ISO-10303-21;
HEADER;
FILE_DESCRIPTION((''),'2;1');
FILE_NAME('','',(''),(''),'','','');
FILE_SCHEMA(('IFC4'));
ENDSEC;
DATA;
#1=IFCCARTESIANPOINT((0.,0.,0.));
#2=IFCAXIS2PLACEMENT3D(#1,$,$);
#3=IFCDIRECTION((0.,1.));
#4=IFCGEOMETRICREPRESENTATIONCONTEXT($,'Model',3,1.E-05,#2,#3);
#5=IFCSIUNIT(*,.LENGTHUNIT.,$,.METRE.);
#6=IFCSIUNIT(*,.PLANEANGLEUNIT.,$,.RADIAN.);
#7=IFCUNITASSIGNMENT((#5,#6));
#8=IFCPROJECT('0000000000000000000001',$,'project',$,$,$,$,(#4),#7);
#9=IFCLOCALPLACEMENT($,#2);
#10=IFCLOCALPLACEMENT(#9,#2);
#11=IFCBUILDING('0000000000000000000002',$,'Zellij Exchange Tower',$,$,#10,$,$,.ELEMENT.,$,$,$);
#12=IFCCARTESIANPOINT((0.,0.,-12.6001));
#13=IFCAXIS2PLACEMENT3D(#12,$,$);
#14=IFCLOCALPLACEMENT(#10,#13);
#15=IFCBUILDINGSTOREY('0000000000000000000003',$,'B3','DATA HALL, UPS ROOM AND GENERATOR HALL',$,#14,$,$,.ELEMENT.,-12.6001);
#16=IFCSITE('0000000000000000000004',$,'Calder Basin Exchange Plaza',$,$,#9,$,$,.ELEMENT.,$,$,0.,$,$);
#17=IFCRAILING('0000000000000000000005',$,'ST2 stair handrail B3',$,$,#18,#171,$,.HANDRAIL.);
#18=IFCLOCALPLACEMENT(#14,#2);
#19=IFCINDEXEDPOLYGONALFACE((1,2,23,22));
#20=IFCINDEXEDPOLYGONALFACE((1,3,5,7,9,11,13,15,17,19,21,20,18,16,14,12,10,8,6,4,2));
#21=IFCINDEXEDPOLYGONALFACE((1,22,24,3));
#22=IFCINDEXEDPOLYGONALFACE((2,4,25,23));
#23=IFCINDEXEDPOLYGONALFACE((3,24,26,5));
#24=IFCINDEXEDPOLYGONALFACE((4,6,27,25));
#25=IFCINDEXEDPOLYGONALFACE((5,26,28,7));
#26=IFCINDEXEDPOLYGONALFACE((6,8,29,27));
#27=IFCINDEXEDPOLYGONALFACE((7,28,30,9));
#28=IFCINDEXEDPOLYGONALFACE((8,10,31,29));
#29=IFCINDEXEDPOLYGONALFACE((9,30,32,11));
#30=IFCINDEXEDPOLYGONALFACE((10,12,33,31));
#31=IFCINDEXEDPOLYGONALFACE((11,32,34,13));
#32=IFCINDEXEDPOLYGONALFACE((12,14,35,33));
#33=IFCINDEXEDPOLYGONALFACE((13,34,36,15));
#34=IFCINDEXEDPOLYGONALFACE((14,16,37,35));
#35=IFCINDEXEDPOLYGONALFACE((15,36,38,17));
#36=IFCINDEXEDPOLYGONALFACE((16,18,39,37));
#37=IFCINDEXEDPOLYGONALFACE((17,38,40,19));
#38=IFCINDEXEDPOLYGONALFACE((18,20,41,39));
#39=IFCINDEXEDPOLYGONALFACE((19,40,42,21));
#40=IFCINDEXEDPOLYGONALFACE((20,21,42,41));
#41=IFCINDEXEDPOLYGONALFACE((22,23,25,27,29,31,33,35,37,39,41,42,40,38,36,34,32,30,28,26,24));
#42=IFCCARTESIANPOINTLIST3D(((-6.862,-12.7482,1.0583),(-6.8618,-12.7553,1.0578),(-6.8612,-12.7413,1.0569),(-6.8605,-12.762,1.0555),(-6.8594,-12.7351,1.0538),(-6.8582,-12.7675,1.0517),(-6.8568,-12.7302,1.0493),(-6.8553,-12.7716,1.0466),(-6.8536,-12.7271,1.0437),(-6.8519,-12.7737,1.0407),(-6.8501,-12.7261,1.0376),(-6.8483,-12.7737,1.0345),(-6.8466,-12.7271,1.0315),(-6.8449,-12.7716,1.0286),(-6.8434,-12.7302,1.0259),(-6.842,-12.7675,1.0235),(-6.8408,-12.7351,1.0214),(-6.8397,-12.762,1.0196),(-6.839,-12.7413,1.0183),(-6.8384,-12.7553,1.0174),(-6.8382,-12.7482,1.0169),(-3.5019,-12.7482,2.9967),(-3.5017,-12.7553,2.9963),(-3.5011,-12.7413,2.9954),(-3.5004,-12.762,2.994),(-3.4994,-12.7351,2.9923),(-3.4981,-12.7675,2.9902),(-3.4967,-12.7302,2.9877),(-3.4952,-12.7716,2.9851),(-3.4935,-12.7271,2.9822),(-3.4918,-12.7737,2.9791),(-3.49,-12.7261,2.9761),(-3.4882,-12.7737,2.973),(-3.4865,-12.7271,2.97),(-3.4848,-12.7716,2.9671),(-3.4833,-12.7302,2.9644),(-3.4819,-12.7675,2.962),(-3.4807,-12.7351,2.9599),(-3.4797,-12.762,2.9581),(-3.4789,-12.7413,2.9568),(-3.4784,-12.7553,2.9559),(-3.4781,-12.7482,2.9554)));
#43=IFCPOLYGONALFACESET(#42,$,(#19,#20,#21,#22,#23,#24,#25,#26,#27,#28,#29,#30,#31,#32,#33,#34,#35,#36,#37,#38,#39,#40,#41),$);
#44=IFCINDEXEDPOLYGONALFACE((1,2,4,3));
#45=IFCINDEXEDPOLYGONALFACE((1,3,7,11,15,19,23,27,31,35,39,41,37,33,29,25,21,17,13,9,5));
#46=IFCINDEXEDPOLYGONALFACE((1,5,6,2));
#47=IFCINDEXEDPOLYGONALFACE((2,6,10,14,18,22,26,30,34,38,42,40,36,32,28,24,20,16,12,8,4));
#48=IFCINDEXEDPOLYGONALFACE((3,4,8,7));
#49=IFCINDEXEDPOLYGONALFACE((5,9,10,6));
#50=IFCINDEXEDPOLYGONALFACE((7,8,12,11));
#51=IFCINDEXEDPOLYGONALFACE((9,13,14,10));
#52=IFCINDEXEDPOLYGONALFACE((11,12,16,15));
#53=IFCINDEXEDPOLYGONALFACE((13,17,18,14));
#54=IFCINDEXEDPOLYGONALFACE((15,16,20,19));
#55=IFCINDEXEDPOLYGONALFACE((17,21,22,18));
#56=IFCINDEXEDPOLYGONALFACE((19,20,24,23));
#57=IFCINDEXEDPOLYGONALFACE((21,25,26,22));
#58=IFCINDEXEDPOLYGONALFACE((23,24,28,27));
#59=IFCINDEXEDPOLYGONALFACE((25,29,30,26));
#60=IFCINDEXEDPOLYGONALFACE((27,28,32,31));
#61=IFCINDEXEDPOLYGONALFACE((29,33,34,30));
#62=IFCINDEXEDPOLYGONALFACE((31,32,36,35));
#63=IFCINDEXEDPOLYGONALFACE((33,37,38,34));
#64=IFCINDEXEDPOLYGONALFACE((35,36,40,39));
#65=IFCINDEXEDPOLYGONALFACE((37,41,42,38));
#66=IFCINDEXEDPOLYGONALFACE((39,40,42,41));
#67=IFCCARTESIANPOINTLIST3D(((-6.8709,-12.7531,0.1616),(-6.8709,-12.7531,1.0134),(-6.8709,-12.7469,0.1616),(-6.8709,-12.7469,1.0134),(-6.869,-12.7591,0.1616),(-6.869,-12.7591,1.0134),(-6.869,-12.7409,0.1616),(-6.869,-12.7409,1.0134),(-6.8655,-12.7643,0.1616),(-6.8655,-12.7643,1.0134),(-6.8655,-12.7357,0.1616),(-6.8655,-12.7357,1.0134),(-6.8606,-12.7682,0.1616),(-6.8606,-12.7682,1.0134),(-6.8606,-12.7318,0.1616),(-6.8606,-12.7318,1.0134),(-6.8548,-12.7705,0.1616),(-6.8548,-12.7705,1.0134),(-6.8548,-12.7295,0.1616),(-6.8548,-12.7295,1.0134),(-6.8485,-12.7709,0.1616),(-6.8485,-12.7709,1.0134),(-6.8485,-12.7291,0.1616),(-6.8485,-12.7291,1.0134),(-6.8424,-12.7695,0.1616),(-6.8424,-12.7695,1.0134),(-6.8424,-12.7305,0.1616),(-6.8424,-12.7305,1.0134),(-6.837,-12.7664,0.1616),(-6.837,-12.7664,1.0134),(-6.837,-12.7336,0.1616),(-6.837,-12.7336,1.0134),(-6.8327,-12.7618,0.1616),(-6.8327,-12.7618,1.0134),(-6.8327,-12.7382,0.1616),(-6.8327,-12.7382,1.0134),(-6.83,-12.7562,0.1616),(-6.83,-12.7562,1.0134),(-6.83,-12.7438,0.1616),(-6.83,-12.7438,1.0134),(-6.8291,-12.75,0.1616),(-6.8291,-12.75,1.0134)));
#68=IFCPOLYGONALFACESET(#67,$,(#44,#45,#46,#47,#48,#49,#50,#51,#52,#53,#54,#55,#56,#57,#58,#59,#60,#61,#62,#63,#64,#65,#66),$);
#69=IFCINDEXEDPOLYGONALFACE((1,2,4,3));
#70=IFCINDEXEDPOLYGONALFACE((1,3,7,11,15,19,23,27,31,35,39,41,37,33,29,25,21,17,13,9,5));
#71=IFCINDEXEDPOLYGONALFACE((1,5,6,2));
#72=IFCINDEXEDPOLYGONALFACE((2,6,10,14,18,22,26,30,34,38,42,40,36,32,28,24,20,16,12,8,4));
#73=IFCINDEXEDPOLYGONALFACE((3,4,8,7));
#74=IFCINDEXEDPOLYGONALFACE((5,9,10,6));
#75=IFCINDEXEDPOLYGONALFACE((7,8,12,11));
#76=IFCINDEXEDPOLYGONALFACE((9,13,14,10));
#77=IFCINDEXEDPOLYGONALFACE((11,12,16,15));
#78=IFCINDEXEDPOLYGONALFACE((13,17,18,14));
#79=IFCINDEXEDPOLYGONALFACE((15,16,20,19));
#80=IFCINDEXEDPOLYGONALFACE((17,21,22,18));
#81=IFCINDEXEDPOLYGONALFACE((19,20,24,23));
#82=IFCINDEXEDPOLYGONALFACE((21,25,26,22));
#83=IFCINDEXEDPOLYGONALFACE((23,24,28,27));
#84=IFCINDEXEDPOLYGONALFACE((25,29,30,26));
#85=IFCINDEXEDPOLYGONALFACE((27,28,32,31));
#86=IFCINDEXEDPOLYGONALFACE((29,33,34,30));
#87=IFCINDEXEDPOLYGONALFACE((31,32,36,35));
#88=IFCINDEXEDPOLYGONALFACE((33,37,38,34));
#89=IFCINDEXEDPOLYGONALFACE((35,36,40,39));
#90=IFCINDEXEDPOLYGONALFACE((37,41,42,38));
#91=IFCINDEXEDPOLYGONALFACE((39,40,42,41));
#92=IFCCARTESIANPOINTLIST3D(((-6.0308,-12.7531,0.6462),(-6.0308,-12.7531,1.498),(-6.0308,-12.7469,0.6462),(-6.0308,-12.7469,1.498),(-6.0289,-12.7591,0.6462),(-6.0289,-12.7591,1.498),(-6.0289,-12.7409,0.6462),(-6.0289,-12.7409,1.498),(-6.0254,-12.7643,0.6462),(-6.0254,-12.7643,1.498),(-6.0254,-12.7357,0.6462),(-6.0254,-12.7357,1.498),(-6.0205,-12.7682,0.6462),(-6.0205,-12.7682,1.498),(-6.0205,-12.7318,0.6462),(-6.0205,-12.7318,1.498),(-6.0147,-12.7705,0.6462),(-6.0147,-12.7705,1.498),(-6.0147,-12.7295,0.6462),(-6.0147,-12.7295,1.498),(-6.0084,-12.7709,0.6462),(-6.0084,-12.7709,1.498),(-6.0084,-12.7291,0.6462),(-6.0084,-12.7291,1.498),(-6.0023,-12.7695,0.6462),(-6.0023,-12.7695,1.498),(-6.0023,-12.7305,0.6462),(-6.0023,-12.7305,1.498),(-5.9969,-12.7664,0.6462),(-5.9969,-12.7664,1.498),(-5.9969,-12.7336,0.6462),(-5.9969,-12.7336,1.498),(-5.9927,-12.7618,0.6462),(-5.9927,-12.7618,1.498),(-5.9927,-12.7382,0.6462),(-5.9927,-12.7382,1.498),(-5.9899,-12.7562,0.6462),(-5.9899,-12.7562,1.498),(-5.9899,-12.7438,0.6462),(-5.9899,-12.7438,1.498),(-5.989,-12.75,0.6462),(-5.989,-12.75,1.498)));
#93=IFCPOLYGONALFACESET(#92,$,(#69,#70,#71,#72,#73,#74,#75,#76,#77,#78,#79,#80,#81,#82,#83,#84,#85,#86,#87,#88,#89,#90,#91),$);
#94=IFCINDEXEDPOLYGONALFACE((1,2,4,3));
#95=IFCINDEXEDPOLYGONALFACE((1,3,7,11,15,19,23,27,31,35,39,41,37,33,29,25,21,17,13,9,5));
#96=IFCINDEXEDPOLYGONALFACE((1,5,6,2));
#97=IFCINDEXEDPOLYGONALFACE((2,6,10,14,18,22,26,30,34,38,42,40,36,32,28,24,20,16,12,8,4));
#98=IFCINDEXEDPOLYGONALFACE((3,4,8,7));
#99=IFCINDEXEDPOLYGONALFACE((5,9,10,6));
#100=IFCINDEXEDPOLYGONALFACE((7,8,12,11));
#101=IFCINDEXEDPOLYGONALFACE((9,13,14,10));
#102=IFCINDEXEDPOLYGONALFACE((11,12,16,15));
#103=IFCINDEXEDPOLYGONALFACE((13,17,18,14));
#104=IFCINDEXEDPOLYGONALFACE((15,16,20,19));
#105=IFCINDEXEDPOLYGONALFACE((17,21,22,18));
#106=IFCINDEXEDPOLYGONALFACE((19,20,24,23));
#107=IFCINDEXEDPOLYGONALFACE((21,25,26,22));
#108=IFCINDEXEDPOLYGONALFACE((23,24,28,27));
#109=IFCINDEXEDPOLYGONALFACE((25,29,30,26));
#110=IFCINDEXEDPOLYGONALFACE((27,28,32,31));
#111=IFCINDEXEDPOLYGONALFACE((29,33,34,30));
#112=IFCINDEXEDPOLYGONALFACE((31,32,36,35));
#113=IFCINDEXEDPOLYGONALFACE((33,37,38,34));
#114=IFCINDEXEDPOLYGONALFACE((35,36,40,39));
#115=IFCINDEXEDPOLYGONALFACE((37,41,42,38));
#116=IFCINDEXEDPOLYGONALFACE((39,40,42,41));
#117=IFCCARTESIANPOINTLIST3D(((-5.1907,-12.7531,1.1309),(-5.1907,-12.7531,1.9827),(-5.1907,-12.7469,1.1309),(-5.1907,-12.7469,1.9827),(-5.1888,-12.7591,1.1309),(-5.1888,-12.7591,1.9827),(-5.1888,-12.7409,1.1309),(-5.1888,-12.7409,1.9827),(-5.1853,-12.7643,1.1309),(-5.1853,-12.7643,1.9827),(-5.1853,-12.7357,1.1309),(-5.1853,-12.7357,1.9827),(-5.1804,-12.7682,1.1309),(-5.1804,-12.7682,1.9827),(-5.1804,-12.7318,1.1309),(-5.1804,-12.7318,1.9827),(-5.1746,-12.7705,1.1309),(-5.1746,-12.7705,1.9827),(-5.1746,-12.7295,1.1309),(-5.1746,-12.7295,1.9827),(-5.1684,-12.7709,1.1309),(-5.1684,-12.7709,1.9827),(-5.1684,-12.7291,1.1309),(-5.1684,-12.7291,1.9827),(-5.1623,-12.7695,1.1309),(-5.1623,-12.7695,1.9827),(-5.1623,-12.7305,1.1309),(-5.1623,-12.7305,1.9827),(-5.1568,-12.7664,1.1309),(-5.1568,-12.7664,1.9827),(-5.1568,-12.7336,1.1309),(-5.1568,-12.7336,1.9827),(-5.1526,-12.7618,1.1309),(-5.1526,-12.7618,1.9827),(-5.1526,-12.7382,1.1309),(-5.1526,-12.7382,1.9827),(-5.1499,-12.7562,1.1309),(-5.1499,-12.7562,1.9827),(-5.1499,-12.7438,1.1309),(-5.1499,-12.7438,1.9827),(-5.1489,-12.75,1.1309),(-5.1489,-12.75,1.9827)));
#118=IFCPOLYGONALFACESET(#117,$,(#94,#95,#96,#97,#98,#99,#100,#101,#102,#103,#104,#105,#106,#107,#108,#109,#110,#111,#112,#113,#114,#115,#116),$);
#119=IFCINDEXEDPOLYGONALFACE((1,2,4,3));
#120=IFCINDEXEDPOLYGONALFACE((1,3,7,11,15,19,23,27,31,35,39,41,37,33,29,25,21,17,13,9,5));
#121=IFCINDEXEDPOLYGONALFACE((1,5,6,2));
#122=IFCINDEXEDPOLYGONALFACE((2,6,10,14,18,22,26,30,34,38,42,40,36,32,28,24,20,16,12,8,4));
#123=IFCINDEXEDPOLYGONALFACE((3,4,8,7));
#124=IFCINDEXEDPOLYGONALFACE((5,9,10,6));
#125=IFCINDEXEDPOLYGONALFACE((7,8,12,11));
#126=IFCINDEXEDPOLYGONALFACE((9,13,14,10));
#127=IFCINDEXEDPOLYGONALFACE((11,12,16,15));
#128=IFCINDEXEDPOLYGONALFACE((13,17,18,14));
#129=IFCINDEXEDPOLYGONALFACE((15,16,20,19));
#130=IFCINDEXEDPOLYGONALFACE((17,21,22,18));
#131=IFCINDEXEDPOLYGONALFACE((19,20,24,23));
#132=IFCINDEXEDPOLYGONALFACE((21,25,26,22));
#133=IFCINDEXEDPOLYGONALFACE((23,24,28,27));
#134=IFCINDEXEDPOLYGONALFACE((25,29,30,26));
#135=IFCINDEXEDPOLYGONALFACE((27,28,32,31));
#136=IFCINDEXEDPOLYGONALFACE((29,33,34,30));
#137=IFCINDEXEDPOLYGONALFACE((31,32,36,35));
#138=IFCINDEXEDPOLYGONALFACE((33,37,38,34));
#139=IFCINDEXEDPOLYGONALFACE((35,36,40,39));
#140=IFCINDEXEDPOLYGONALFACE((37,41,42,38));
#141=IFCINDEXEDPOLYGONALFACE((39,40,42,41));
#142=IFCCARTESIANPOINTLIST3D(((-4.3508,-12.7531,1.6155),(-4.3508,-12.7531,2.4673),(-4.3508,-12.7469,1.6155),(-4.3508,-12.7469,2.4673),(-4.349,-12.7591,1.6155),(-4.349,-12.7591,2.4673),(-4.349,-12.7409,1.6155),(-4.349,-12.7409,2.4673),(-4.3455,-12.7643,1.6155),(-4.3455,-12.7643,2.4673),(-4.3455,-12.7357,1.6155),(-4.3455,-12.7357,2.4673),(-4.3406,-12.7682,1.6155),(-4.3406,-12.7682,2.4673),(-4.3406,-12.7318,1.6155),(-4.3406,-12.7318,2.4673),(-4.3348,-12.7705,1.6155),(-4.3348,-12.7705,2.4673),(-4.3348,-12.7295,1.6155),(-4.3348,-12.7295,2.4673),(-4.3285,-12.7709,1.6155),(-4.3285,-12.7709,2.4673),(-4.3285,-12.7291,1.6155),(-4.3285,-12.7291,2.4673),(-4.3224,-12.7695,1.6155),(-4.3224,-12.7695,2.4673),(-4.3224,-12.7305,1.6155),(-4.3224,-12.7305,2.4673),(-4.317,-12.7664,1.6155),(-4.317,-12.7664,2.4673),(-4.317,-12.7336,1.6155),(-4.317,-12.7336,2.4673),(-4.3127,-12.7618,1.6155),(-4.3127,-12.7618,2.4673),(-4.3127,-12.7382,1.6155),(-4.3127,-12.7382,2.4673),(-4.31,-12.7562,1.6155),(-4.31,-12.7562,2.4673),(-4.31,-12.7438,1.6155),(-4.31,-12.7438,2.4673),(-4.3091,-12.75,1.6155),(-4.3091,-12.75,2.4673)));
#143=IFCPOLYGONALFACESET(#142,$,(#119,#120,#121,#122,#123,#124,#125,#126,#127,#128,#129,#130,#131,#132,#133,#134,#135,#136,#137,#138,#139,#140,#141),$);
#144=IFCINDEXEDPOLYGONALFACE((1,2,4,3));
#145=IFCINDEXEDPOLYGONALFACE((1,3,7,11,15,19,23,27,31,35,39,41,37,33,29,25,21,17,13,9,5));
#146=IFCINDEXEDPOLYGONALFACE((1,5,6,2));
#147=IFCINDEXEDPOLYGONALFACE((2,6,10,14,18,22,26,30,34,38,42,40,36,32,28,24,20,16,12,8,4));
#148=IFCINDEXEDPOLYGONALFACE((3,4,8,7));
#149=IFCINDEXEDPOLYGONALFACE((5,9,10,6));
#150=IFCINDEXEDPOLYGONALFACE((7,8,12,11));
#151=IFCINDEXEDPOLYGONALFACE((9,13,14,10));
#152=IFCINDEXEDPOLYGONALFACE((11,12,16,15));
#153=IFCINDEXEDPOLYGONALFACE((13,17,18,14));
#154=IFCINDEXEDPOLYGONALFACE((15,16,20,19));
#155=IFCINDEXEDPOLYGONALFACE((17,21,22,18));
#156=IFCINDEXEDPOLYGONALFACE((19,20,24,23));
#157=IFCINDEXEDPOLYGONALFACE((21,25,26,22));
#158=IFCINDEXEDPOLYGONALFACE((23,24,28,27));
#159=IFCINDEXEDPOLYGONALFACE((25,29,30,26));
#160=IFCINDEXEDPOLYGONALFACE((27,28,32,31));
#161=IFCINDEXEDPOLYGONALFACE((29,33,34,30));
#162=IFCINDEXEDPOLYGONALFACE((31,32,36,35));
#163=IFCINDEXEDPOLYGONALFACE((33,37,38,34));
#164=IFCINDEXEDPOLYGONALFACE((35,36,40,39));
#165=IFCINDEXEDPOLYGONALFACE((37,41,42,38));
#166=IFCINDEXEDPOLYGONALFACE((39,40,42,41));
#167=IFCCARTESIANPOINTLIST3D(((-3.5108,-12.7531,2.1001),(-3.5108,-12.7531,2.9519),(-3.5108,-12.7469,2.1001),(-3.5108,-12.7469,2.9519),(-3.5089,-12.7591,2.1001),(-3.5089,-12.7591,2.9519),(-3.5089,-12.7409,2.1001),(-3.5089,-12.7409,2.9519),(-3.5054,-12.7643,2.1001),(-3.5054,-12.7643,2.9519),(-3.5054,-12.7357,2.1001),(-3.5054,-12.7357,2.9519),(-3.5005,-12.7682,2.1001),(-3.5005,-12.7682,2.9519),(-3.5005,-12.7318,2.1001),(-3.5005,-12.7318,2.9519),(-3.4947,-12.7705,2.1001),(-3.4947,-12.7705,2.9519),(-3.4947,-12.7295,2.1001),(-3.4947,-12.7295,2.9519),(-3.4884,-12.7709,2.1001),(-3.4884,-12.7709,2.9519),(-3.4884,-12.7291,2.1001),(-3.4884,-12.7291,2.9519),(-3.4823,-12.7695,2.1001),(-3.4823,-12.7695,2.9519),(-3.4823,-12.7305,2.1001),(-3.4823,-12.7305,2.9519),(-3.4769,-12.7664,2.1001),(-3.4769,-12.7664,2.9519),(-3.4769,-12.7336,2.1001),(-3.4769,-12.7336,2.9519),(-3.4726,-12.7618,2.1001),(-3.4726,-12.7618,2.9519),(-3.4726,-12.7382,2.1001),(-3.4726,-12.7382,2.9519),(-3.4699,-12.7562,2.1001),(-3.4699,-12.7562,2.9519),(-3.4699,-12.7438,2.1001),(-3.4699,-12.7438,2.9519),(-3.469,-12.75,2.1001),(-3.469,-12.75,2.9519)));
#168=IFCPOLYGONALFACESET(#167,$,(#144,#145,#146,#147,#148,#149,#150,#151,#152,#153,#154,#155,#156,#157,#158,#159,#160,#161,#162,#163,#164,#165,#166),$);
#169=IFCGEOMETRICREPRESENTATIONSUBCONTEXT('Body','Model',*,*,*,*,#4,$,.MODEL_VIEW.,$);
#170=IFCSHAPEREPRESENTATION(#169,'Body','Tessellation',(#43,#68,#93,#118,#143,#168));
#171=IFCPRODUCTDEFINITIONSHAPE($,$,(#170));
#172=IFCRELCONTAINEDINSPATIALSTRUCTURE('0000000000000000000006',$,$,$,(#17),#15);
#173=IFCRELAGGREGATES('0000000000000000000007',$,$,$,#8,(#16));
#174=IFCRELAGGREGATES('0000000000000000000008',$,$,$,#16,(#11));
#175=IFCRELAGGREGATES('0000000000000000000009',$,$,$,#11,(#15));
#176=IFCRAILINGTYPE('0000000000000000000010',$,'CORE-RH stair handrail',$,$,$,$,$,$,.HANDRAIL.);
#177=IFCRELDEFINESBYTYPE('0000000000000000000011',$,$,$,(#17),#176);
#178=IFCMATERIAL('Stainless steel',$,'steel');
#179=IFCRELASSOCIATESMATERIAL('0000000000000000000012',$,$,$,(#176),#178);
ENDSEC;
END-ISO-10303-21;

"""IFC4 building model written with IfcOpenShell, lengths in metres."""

from ifc_helpers import new_model, si_unit, direction, frame, origin, origin_2d, place, context, subcontext, project, spatial, circle, extrude, material, type_object, element, save


model = new_model("IFC4")

# Units and contexts
model_context = context("Model", 3, precision=1e-05, world=origin(), true_north=direction((0.0, 1.0)))
body_context = subcontext(model_context, "Body", "Model", "MODEL_VIEW")
ifc_project = project(units=[si_unit("LENGTHUNIT", "METRE"), si_unit("PLANEANGLEUNIT", "RADIAN")], contexts=[model_context])

# Site, building, storey
site_placement = place(None, origin())
site = spatial("IfcSite", under=ifc_project, at=site_placement, Name="Calder Basin Exchange Plaza", CompositionType="ELEMENT", RefElevation=0.0)
building_placement = place(site_placement, origin())
building = spatial("IfcBuilding", under=site, at=building_placement, Name="Zellij Exchange Tower", CompositionType="ELEMENT")
storey_placement = place(building_placement, frame((0.0, 0.0, -12.6001)))
storey = spatial("IfcBuildingStorey", under=building, at=storey_placement, Name="B3", Description="DATA HALL, UPS ROOM AND GENERATOR HALL", CompositionType="ELEMENT", Elevation=-12.6001)

# Railing
ifc_material_1 = material(Name="Stainless steel", Category="steel")
railing_type_1 = type_object("IfcRailingType", Name="CORE-RH stair handrail", PredefinedType="HANDRAIL", material=ifc_material_1)
railing_1_placement = place(storey_placement, frame((-6.8501, -12.75, 0.1616)))
element("IfcRailing", 1, at=railing_1_placement, inside=storey, type_object=railing_type_1, Name="ST2 stair handrail B3", PredefinedType="HANDRAIL", context=body_context, shape_type="SweptSolid", body=[
    extrude(circle(Radius=0.0239, at=origin_2d()), frame((0.0, 0.0, 0.876), z_axis=(0.866191, 0.0, 0.499713), x_axis=(0.0, 1.0, 0.0)), (0.0, 0.0, 1.0), 3.8792),
    extrude(circle(Radius=0.021, at=origin_2d()), origin(), (0.0, 0.0, 1.0), 0.8518),
    extrude(circle(Radius=0.021, at=origin_2d()), frame((0.8401, 0.0, 0.4846)), (0.0, 0.0, 1.0), 0.8518),
    extrude(circle(Radius=0.021, at=origin_2d()), frame((1.6802, 0.0, 0.9692)), (0.0, 0.0, 1.0), 0.8518),
    extrude(circle(Radius=0.021, at=origin_2d()), frame((2.52, 0.0, 1.4539)), (0.0, 0.0, 1.0), 0.8518),
    extrude(circle(Radius=0.021, at=origin_2d()), frame((3.3601, 0.0, 1.9385)), (0.0, 0.0, 1.0), 0.8518),
])

save(model, "model.ifc")
